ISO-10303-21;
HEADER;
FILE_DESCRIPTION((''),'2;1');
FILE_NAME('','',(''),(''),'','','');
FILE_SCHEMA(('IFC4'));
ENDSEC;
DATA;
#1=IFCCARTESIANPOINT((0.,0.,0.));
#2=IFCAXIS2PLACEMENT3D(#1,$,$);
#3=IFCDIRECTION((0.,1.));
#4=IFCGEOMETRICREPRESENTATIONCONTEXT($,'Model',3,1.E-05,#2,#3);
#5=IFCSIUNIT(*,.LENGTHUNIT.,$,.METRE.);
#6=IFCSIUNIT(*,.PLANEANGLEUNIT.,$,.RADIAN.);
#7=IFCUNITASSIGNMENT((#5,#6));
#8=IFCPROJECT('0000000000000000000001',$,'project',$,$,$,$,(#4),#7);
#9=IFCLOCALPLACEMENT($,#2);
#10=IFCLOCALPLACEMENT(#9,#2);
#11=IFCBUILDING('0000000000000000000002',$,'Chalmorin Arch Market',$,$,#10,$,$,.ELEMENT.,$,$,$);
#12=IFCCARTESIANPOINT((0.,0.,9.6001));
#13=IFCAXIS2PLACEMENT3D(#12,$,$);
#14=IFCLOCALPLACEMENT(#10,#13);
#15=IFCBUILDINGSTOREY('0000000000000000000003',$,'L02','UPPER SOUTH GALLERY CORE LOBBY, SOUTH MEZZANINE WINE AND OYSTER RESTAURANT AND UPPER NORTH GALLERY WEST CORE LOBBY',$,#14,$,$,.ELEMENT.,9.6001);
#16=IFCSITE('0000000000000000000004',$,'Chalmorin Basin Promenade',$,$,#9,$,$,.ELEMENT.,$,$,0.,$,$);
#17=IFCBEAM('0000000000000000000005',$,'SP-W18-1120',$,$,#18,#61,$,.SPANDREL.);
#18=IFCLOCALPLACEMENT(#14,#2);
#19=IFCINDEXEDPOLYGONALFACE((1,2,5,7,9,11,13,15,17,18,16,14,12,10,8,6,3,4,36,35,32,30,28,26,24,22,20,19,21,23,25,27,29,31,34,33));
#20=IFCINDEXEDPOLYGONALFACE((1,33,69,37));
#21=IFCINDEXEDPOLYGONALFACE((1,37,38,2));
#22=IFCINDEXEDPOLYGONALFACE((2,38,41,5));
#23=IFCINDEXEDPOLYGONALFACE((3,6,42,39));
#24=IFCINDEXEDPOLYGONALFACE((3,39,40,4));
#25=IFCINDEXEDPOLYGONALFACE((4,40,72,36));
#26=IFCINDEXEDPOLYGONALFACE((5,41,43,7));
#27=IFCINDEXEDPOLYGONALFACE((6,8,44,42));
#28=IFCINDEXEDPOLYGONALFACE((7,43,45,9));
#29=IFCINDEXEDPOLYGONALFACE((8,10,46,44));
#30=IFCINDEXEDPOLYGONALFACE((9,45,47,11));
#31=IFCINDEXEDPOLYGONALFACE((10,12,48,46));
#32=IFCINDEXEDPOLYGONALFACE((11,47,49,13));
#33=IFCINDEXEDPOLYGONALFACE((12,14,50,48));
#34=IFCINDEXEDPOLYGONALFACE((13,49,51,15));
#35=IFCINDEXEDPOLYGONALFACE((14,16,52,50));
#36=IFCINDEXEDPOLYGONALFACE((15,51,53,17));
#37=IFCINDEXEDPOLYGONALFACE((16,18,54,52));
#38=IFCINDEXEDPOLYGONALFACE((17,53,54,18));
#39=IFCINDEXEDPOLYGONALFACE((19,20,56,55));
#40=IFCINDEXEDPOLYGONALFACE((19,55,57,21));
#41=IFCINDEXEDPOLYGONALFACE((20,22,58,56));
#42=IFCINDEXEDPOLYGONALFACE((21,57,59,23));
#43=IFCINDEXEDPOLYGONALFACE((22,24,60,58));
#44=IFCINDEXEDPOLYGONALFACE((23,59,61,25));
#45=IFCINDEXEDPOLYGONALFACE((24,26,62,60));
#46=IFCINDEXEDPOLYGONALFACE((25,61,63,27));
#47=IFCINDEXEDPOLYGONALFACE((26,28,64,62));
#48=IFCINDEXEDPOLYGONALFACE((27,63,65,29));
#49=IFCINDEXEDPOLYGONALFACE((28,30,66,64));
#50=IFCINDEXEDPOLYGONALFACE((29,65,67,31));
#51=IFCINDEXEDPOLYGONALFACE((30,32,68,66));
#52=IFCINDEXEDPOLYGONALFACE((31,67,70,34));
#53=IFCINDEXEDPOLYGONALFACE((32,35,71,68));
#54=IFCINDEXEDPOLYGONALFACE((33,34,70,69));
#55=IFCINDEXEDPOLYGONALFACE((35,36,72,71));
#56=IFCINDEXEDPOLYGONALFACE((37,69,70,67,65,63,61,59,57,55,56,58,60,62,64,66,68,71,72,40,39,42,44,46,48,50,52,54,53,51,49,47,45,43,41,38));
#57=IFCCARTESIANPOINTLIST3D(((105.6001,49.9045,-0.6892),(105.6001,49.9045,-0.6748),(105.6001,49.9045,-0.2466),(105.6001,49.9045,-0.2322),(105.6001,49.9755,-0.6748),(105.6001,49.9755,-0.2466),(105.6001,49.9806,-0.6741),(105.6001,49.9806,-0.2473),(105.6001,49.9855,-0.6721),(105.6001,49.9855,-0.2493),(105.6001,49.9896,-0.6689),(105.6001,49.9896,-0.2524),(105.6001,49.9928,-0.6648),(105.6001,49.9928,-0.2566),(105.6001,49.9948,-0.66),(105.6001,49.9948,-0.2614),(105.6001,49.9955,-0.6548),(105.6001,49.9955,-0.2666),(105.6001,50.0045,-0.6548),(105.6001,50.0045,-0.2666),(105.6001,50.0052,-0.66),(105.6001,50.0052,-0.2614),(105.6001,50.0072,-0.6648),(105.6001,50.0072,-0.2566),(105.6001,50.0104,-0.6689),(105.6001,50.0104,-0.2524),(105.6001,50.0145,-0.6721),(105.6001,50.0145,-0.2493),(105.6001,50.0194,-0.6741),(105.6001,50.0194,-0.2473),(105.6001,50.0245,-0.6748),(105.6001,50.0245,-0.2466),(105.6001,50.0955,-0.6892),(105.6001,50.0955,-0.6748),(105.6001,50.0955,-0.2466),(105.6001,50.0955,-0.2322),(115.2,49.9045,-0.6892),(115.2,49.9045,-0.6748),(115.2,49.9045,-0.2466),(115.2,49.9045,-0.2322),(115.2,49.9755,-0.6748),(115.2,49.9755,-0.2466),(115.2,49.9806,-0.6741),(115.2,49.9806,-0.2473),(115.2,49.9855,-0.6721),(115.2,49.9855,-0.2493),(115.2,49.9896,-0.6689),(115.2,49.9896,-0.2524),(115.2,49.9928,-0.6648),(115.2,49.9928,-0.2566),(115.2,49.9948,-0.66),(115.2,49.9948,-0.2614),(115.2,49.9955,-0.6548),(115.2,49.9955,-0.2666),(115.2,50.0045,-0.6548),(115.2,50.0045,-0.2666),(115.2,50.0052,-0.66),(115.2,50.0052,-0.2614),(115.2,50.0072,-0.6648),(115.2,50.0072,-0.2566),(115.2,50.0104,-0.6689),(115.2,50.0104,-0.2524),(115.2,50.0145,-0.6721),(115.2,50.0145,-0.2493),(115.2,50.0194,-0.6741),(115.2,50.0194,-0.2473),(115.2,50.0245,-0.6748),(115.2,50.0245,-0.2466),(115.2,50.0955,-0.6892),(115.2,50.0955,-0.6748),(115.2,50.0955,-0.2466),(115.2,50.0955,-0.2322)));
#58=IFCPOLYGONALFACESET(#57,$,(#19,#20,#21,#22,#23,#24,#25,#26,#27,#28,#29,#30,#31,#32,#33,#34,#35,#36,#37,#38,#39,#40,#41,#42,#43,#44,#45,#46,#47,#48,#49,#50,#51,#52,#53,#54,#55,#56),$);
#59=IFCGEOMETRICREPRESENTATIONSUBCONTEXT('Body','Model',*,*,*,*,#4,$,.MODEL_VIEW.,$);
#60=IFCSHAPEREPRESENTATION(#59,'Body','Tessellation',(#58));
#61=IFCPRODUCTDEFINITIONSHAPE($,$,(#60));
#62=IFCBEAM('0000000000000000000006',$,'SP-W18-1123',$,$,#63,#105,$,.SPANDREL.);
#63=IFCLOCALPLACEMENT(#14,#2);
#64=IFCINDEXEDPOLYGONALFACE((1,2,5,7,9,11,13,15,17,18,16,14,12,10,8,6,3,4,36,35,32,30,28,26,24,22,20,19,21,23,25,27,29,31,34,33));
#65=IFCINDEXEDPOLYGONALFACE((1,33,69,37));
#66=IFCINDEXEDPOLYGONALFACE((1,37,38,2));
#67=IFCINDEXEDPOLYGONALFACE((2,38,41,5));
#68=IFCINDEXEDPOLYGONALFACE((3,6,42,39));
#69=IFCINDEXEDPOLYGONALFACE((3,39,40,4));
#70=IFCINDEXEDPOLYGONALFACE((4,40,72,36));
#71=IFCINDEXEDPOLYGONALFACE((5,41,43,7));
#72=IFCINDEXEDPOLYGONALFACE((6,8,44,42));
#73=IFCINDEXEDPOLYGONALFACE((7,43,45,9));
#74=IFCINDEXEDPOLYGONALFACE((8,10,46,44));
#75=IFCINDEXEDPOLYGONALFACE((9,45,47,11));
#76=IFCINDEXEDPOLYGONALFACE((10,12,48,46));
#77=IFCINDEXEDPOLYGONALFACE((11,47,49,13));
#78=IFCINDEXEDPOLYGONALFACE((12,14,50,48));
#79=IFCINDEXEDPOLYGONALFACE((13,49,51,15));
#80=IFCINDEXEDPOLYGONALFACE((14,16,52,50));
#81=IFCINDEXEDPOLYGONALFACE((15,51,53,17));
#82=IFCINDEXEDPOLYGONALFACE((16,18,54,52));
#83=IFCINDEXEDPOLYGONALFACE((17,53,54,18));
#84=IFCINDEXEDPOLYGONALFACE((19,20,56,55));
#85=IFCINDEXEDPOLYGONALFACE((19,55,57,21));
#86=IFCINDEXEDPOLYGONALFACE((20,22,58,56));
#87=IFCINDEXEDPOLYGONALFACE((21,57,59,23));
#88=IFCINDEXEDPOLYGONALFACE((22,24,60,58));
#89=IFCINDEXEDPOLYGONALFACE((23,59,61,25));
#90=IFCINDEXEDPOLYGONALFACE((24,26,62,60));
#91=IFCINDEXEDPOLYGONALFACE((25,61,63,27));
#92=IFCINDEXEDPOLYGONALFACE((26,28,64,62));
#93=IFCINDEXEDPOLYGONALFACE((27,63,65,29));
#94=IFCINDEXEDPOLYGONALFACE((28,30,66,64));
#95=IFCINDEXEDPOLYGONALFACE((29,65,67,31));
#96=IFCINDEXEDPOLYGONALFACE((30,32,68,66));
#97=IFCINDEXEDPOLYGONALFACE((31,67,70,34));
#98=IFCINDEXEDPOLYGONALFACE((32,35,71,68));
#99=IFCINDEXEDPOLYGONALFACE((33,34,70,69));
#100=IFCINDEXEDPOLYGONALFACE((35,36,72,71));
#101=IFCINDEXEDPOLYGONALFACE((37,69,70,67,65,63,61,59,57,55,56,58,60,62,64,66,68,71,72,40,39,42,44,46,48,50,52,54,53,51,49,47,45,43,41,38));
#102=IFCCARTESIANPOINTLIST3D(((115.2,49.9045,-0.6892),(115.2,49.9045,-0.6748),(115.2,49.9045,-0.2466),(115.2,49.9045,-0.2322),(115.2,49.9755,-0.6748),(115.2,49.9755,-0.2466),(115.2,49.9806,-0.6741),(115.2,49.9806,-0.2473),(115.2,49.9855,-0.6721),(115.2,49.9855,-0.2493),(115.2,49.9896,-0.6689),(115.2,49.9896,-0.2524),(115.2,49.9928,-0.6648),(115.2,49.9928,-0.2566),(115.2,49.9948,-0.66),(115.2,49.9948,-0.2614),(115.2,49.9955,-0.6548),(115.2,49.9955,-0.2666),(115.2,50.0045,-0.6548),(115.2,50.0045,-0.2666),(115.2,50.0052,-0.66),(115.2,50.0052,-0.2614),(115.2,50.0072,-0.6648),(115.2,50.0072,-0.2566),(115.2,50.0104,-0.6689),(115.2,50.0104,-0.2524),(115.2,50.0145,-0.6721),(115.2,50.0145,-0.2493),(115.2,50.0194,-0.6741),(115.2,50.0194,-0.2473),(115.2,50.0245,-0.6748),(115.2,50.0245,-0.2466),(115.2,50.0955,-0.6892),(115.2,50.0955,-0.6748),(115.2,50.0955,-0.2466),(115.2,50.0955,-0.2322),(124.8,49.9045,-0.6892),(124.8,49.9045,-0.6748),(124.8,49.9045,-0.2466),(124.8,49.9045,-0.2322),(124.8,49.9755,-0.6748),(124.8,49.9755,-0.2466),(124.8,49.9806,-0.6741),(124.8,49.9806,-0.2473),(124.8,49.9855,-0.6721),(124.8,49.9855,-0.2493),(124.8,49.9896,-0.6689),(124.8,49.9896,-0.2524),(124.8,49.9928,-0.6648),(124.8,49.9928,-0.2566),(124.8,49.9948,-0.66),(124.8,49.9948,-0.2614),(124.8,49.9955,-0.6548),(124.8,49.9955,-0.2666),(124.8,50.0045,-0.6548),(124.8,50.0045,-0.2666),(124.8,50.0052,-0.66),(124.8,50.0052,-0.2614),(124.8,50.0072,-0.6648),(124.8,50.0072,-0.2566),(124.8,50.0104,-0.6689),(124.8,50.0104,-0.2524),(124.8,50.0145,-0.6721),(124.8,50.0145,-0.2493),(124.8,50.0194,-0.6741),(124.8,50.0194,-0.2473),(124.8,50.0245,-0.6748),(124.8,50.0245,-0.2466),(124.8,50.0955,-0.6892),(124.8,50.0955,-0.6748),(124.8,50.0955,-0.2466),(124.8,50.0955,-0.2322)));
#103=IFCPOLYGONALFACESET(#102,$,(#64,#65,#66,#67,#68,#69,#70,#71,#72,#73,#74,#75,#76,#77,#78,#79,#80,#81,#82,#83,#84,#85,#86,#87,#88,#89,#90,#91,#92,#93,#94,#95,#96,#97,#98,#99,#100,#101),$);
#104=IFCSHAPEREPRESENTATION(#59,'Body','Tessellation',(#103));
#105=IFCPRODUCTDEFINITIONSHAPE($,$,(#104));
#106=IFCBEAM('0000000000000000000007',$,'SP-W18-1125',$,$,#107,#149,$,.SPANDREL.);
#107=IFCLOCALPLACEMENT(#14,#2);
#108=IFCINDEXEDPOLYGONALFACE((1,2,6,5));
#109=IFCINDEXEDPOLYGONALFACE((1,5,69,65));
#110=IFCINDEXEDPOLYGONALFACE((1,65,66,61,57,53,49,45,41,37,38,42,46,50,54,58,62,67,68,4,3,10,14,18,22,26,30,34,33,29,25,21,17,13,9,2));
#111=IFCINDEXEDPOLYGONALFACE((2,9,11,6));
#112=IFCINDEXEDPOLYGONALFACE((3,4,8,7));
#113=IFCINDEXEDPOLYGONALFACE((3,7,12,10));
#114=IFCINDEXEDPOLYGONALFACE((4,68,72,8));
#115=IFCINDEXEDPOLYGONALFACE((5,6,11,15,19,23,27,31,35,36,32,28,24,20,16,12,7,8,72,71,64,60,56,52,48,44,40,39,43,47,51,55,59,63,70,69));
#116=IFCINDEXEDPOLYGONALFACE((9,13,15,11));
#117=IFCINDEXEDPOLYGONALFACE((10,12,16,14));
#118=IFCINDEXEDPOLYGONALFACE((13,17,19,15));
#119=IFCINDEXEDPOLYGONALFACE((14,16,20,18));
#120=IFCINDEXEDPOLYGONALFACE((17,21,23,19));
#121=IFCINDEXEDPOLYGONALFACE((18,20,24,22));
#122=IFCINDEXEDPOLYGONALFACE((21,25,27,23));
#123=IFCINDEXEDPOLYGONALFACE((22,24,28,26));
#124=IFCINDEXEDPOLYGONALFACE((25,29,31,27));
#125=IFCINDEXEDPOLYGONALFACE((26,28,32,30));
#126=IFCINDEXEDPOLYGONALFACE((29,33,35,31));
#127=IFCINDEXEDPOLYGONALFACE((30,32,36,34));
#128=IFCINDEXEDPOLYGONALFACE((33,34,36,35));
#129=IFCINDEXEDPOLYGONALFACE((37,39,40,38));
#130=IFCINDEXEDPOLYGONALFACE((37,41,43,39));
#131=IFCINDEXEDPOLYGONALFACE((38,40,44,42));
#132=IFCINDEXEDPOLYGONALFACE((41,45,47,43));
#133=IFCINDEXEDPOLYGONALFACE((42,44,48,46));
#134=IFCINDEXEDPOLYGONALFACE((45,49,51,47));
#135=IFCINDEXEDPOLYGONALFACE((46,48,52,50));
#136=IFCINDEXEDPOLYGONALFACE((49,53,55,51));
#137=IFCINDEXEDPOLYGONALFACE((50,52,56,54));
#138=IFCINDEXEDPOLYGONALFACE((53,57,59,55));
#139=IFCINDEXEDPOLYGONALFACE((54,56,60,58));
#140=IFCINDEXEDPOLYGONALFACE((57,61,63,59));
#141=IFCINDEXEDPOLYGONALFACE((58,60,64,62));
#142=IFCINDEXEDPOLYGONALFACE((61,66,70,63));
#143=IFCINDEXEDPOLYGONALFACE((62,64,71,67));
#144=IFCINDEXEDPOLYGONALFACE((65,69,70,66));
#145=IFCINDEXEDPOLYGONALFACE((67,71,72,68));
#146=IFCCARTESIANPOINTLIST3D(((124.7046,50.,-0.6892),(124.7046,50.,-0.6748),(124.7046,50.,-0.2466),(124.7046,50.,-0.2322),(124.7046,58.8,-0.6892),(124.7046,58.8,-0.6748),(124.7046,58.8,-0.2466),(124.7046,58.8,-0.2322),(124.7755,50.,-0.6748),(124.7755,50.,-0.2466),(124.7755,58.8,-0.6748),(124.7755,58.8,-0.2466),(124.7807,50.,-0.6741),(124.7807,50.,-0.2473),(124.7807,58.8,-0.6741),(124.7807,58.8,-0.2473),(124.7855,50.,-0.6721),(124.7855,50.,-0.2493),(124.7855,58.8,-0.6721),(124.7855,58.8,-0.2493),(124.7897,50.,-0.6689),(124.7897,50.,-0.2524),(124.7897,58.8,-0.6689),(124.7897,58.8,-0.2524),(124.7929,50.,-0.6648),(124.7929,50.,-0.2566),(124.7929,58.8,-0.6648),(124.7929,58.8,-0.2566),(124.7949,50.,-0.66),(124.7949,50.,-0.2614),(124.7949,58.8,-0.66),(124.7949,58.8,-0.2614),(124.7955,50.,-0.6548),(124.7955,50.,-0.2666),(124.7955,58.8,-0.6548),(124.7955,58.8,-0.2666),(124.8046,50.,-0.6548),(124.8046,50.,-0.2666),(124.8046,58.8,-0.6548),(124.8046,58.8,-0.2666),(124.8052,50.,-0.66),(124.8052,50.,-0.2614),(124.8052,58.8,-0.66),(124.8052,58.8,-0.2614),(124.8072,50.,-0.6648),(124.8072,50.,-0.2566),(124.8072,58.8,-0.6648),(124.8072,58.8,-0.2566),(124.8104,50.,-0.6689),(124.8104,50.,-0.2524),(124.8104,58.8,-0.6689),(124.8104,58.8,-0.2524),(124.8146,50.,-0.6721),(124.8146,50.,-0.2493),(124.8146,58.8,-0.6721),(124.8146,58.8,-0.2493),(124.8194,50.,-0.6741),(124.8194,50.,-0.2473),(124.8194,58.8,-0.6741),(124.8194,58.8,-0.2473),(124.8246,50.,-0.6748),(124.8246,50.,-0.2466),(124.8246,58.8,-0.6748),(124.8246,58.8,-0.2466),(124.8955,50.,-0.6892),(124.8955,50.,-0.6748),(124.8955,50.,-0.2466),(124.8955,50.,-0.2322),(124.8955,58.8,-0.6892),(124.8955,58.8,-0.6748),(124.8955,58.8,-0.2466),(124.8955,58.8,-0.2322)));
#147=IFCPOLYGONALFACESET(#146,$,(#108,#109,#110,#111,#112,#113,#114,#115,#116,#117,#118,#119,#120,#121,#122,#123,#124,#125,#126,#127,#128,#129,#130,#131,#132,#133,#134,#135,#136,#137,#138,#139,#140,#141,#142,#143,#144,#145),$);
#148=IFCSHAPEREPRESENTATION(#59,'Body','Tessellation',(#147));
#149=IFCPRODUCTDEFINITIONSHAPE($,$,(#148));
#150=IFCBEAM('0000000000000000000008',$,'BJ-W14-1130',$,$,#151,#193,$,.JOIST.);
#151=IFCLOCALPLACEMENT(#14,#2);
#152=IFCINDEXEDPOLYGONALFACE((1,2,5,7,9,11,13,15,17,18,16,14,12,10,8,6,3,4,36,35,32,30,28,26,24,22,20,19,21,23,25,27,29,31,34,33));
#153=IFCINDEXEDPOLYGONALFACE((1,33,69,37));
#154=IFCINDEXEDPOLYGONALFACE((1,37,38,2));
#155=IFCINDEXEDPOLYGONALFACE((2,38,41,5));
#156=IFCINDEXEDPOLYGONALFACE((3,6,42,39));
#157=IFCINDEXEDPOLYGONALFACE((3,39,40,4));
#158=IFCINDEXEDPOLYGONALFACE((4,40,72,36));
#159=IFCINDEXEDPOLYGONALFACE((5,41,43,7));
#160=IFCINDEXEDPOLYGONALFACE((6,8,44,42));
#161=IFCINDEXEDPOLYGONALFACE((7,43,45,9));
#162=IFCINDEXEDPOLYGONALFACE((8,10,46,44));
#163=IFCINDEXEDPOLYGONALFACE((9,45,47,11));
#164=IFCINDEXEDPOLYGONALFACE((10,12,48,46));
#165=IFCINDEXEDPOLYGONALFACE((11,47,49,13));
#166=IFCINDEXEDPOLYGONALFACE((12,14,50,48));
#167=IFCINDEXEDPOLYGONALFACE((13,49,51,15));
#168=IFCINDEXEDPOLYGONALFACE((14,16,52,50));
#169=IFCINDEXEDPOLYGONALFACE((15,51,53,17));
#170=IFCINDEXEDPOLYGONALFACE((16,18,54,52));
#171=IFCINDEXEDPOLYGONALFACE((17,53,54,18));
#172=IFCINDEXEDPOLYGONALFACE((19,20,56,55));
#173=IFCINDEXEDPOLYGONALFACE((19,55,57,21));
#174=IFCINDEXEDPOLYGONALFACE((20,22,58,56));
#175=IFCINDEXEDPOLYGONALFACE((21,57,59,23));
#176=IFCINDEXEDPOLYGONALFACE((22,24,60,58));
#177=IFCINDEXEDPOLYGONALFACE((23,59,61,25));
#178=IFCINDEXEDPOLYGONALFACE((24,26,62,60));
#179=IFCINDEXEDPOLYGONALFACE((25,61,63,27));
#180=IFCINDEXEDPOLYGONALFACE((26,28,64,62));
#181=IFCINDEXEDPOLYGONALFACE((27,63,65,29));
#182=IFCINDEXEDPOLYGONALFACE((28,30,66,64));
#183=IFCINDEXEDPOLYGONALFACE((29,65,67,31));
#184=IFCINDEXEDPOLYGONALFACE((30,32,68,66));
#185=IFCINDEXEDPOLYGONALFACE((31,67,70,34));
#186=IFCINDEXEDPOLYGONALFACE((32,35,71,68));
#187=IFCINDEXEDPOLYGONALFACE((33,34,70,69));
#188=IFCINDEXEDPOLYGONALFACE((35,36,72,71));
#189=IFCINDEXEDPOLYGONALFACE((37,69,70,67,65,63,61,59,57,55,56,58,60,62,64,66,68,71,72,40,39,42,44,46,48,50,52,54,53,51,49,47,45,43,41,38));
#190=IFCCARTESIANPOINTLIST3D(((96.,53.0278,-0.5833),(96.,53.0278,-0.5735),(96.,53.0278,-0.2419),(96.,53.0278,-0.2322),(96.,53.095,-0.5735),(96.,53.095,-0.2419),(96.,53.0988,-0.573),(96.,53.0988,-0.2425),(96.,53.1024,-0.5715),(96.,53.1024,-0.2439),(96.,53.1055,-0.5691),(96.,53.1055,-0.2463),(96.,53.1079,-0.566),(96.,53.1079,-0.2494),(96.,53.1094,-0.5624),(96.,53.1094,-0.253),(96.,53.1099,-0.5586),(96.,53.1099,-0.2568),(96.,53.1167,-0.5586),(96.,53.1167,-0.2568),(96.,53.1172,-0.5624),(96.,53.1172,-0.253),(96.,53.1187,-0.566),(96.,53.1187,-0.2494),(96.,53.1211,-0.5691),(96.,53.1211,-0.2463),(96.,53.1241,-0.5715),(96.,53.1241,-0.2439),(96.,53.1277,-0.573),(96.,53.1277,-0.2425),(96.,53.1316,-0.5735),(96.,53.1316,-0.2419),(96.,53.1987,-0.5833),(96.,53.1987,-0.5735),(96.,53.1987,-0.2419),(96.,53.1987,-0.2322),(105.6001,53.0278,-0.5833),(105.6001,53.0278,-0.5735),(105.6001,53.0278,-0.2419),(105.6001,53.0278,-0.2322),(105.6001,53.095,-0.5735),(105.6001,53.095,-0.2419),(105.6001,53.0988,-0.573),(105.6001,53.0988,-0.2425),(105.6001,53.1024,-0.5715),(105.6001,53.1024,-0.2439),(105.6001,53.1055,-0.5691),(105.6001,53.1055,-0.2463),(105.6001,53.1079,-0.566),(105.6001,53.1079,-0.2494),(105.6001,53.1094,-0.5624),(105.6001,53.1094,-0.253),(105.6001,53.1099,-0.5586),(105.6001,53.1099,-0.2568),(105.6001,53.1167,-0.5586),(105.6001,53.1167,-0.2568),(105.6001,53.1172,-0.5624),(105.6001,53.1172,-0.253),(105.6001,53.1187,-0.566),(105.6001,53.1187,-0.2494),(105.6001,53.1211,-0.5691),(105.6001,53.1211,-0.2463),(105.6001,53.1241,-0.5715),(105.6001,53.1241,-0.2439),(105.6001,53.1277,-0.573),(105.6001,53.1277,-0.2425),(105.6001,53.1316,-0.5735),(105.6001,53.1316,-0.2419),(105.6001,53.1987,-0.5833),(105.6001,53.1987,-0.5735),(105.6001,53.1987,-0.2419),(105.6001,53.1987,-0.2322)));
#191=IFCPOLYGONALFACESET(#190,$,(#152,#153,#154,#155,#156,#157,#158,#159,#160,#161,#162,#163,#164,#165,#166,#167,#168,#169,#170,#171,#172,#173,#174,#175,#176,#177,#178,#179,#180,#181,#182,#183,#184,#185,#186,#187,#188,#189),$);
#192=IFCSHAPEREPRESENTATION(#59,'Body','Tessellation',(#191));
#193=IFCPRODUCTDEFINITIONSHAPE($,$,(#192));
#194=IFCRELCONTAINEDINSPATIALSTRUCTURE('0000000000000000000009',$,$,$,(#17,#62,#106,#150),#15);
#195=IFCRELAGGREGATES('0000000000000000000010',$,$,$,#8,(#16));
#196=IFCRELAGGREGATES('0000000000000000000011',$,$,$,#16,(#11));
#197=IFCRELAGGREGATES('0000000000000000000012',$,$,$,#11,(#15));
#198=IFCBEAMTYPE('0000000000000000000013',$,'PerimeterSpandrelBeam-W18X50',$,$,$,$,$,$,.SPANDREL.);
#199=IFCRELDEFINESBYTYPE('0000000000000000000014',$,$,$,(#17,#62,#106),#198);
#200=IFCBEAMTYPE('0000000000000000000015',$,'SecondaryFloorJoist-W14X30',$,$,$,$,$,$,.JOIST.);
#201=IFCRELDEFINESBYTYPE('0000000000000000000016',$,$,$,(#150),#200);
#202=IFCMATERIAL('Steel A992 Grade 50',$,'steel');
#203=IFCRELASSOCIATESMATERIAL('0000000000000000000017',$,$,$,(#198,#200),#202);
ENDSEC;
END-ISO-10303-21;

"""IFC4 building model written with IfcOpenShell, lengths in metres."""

from ifc_helpers import new_model, si_unit, direction, frame, origin, origin_2d, place, context, subcontext, project, spatial, i_section, extrude, material, material_profile, profile_set, type_object, element, save


model = new_model("IFC4")

# Units and contexts
model_context = context("Model", 3, precision=1e-05, world=origin(), true_north=direction((0.0, 1.0)))
body_context = subcontext(model_context, "Body", "Model", "MODEL_VIEW")
ifc_project = project(units=[si_unit("LENGTHUNIT", "METRE"), si_unit("PLANEANGLEUNIT", "RADIAN")], contexts=[model_context])

# Site, building, storey
site_placement = place(None, origin())
site = spatial("IfcSite", under=ifc_project, at=site_placement, Name="Chalmorin Basin Promenade", CompositionType="ELEMENT", RefElevation=0.0)
building_placement = place(site_placement, origin())
building = spatial("IfcBuilding", under=site, at=building_placement, Name="Chalmorin Arch Market", CompositionType="ELEMENT")
storey_placement = place(building_placement, frame((0.0, 0.0, 9.6001)))
storey = spatial("IfcBuildingStorey", under=building, at=storey_placement, Name="L02", Description="UPPER SOUTH GALLERY CORE LOBBY, SOUTH MEZZANINE WINE AND OYSTER RESTAURANT AND UPPER NORTH GALLERY WEST CORE LOBBY", CompositionType="ELEMENT", Elevation=9.6001)

# Beams
ifc_material_1 = material(Name="Steel A992 Grade 50", Category="steel")
ifc_material_profile_1 = material_profile(ifc_material_1, i_section(OverallWidth=0.1909, OverallDepth=0.457, WebThickness=0.009, FlangeThickness=0.0144, FilletRadius=0.02, at=origin_2d()), Name="W18X50")
ifc_profile_set_1 = profile_set([ifc_material_profile_1], Name="Steel A992 Grade 50")
beam_type_1 = type_object("IfcBeamType", Name="PerimeterSpandrelBeam-W18X50", PredefinedType="SPANDREL", material=ifc_profile_set_1)
beam_1_placement = place(storey_placement, frame((105.6001, 50.0, -0.4607), z_axis=(1.0, 0.0, 0.0), x_axis=(0.0, 1.0, 0.0)))
element("IfcBeam", 1, at=beam_1_placement, inside=storey, type_object=beam_type_1, Name="SP-W18-1120", PredefinedType="SPANDREL", context=body_context, shape_type="SweptSolid", body=[
    extrude(i_section(OverallWidth=0.1909, OverallDepth=0.457, WebThickness=0.009, FlangeThickness=0.0144, FilletRadius=0.02, at=origin_2d()), origin(), (0.0, 0.0, 1.0), 9.5999),
])
beam_2_placement = place(storey_placement, frame((115.2, 50.0, -0.4607), z_axis=(1.0, 0.0, 0.0), x_axis=(0.0, 1.0, 0.0)))
element("IfcBeam", 2, at=beam_2_placement, inside=storey, type_object=beam_type_1, Name="SP-W18-1123", PredefinedType="SPANDREL", context=body_context, shape_type="SweptSolid", body=[
    extrude(i_section(OverallWidth=0.1909, OverallDepth=0.457, WebThickness=0.009, FlangeThickness=0.0144, FilletRadius=0.02, at=origin_2d()), origin(), (0.0, 0.0, 1.0), 9.6001),
])
beam_3_placement = place(storey_placement, frame((124.8, 50.0, -0.4607), z_axis=(0.0, 1.0, 0.0), x_axis=(-1.0, 0.0, 0.0)))
element("IfcBeam", 3, at=beam_3_placement, inside=storey, type_object=beam_type_1, Name="SP-W18-1125", PredefinedType="SPANDREL", context=body_context, shape_type="SweptSolid", body=[
    extrude(i_section(OverallWidth=0.1909, OverallDepth=0.457, WebThickness=0.009, FlangeThickness=0.0144, FilletRadius=0.02, at=origin_2d()), origin(), (0.0, 0.0, 1.0), 8.8),
])
ifc_material_profile_2 = material_profile(ifc_material_1, i_section(OverallWidth=0.1709, OverallDepth=0.3511, WebThickness=0.0068, FlangeThickness=0.0098, FilletRadius=0.0149, at=origin_2d()), Name="W14X30")
ifc_profile_set_2 = profile_set([ifc_material_profile_2], Name="Steel A992 Grade 50")
beam_type_2 = type_object("IfcBeamType", Name="SecondaryFloorJoist-W14X30", PredefinedType="JOIST", material=ifc_profile_set_2)
beam_4_placement = place(storey_placement, frame((96.0, 53.1133, -0.4077), z_axis=(1.0, 0.0, 0.0), x_axis=(0.0, 1.0, 0.0)))
element("IfcBeam", 4, at=beam_4_placement, inside=storey, type_object=beam_type_2, Name="BJ-W14-1130", PredefinedType="JOIST", context=body_context, shape_type="SweptSolid", body=[
    extrude(i_section(OverallWidth=0.1709, OverallDepth=0.3511, WebThickness=0.0068, FlangeThickness=0.0098, FilletRadius=0.0149, at=origin_2d()), origin(), (0.0, 0.0, 1.0), 9.6001),
])

save(model, "model.ifc")
